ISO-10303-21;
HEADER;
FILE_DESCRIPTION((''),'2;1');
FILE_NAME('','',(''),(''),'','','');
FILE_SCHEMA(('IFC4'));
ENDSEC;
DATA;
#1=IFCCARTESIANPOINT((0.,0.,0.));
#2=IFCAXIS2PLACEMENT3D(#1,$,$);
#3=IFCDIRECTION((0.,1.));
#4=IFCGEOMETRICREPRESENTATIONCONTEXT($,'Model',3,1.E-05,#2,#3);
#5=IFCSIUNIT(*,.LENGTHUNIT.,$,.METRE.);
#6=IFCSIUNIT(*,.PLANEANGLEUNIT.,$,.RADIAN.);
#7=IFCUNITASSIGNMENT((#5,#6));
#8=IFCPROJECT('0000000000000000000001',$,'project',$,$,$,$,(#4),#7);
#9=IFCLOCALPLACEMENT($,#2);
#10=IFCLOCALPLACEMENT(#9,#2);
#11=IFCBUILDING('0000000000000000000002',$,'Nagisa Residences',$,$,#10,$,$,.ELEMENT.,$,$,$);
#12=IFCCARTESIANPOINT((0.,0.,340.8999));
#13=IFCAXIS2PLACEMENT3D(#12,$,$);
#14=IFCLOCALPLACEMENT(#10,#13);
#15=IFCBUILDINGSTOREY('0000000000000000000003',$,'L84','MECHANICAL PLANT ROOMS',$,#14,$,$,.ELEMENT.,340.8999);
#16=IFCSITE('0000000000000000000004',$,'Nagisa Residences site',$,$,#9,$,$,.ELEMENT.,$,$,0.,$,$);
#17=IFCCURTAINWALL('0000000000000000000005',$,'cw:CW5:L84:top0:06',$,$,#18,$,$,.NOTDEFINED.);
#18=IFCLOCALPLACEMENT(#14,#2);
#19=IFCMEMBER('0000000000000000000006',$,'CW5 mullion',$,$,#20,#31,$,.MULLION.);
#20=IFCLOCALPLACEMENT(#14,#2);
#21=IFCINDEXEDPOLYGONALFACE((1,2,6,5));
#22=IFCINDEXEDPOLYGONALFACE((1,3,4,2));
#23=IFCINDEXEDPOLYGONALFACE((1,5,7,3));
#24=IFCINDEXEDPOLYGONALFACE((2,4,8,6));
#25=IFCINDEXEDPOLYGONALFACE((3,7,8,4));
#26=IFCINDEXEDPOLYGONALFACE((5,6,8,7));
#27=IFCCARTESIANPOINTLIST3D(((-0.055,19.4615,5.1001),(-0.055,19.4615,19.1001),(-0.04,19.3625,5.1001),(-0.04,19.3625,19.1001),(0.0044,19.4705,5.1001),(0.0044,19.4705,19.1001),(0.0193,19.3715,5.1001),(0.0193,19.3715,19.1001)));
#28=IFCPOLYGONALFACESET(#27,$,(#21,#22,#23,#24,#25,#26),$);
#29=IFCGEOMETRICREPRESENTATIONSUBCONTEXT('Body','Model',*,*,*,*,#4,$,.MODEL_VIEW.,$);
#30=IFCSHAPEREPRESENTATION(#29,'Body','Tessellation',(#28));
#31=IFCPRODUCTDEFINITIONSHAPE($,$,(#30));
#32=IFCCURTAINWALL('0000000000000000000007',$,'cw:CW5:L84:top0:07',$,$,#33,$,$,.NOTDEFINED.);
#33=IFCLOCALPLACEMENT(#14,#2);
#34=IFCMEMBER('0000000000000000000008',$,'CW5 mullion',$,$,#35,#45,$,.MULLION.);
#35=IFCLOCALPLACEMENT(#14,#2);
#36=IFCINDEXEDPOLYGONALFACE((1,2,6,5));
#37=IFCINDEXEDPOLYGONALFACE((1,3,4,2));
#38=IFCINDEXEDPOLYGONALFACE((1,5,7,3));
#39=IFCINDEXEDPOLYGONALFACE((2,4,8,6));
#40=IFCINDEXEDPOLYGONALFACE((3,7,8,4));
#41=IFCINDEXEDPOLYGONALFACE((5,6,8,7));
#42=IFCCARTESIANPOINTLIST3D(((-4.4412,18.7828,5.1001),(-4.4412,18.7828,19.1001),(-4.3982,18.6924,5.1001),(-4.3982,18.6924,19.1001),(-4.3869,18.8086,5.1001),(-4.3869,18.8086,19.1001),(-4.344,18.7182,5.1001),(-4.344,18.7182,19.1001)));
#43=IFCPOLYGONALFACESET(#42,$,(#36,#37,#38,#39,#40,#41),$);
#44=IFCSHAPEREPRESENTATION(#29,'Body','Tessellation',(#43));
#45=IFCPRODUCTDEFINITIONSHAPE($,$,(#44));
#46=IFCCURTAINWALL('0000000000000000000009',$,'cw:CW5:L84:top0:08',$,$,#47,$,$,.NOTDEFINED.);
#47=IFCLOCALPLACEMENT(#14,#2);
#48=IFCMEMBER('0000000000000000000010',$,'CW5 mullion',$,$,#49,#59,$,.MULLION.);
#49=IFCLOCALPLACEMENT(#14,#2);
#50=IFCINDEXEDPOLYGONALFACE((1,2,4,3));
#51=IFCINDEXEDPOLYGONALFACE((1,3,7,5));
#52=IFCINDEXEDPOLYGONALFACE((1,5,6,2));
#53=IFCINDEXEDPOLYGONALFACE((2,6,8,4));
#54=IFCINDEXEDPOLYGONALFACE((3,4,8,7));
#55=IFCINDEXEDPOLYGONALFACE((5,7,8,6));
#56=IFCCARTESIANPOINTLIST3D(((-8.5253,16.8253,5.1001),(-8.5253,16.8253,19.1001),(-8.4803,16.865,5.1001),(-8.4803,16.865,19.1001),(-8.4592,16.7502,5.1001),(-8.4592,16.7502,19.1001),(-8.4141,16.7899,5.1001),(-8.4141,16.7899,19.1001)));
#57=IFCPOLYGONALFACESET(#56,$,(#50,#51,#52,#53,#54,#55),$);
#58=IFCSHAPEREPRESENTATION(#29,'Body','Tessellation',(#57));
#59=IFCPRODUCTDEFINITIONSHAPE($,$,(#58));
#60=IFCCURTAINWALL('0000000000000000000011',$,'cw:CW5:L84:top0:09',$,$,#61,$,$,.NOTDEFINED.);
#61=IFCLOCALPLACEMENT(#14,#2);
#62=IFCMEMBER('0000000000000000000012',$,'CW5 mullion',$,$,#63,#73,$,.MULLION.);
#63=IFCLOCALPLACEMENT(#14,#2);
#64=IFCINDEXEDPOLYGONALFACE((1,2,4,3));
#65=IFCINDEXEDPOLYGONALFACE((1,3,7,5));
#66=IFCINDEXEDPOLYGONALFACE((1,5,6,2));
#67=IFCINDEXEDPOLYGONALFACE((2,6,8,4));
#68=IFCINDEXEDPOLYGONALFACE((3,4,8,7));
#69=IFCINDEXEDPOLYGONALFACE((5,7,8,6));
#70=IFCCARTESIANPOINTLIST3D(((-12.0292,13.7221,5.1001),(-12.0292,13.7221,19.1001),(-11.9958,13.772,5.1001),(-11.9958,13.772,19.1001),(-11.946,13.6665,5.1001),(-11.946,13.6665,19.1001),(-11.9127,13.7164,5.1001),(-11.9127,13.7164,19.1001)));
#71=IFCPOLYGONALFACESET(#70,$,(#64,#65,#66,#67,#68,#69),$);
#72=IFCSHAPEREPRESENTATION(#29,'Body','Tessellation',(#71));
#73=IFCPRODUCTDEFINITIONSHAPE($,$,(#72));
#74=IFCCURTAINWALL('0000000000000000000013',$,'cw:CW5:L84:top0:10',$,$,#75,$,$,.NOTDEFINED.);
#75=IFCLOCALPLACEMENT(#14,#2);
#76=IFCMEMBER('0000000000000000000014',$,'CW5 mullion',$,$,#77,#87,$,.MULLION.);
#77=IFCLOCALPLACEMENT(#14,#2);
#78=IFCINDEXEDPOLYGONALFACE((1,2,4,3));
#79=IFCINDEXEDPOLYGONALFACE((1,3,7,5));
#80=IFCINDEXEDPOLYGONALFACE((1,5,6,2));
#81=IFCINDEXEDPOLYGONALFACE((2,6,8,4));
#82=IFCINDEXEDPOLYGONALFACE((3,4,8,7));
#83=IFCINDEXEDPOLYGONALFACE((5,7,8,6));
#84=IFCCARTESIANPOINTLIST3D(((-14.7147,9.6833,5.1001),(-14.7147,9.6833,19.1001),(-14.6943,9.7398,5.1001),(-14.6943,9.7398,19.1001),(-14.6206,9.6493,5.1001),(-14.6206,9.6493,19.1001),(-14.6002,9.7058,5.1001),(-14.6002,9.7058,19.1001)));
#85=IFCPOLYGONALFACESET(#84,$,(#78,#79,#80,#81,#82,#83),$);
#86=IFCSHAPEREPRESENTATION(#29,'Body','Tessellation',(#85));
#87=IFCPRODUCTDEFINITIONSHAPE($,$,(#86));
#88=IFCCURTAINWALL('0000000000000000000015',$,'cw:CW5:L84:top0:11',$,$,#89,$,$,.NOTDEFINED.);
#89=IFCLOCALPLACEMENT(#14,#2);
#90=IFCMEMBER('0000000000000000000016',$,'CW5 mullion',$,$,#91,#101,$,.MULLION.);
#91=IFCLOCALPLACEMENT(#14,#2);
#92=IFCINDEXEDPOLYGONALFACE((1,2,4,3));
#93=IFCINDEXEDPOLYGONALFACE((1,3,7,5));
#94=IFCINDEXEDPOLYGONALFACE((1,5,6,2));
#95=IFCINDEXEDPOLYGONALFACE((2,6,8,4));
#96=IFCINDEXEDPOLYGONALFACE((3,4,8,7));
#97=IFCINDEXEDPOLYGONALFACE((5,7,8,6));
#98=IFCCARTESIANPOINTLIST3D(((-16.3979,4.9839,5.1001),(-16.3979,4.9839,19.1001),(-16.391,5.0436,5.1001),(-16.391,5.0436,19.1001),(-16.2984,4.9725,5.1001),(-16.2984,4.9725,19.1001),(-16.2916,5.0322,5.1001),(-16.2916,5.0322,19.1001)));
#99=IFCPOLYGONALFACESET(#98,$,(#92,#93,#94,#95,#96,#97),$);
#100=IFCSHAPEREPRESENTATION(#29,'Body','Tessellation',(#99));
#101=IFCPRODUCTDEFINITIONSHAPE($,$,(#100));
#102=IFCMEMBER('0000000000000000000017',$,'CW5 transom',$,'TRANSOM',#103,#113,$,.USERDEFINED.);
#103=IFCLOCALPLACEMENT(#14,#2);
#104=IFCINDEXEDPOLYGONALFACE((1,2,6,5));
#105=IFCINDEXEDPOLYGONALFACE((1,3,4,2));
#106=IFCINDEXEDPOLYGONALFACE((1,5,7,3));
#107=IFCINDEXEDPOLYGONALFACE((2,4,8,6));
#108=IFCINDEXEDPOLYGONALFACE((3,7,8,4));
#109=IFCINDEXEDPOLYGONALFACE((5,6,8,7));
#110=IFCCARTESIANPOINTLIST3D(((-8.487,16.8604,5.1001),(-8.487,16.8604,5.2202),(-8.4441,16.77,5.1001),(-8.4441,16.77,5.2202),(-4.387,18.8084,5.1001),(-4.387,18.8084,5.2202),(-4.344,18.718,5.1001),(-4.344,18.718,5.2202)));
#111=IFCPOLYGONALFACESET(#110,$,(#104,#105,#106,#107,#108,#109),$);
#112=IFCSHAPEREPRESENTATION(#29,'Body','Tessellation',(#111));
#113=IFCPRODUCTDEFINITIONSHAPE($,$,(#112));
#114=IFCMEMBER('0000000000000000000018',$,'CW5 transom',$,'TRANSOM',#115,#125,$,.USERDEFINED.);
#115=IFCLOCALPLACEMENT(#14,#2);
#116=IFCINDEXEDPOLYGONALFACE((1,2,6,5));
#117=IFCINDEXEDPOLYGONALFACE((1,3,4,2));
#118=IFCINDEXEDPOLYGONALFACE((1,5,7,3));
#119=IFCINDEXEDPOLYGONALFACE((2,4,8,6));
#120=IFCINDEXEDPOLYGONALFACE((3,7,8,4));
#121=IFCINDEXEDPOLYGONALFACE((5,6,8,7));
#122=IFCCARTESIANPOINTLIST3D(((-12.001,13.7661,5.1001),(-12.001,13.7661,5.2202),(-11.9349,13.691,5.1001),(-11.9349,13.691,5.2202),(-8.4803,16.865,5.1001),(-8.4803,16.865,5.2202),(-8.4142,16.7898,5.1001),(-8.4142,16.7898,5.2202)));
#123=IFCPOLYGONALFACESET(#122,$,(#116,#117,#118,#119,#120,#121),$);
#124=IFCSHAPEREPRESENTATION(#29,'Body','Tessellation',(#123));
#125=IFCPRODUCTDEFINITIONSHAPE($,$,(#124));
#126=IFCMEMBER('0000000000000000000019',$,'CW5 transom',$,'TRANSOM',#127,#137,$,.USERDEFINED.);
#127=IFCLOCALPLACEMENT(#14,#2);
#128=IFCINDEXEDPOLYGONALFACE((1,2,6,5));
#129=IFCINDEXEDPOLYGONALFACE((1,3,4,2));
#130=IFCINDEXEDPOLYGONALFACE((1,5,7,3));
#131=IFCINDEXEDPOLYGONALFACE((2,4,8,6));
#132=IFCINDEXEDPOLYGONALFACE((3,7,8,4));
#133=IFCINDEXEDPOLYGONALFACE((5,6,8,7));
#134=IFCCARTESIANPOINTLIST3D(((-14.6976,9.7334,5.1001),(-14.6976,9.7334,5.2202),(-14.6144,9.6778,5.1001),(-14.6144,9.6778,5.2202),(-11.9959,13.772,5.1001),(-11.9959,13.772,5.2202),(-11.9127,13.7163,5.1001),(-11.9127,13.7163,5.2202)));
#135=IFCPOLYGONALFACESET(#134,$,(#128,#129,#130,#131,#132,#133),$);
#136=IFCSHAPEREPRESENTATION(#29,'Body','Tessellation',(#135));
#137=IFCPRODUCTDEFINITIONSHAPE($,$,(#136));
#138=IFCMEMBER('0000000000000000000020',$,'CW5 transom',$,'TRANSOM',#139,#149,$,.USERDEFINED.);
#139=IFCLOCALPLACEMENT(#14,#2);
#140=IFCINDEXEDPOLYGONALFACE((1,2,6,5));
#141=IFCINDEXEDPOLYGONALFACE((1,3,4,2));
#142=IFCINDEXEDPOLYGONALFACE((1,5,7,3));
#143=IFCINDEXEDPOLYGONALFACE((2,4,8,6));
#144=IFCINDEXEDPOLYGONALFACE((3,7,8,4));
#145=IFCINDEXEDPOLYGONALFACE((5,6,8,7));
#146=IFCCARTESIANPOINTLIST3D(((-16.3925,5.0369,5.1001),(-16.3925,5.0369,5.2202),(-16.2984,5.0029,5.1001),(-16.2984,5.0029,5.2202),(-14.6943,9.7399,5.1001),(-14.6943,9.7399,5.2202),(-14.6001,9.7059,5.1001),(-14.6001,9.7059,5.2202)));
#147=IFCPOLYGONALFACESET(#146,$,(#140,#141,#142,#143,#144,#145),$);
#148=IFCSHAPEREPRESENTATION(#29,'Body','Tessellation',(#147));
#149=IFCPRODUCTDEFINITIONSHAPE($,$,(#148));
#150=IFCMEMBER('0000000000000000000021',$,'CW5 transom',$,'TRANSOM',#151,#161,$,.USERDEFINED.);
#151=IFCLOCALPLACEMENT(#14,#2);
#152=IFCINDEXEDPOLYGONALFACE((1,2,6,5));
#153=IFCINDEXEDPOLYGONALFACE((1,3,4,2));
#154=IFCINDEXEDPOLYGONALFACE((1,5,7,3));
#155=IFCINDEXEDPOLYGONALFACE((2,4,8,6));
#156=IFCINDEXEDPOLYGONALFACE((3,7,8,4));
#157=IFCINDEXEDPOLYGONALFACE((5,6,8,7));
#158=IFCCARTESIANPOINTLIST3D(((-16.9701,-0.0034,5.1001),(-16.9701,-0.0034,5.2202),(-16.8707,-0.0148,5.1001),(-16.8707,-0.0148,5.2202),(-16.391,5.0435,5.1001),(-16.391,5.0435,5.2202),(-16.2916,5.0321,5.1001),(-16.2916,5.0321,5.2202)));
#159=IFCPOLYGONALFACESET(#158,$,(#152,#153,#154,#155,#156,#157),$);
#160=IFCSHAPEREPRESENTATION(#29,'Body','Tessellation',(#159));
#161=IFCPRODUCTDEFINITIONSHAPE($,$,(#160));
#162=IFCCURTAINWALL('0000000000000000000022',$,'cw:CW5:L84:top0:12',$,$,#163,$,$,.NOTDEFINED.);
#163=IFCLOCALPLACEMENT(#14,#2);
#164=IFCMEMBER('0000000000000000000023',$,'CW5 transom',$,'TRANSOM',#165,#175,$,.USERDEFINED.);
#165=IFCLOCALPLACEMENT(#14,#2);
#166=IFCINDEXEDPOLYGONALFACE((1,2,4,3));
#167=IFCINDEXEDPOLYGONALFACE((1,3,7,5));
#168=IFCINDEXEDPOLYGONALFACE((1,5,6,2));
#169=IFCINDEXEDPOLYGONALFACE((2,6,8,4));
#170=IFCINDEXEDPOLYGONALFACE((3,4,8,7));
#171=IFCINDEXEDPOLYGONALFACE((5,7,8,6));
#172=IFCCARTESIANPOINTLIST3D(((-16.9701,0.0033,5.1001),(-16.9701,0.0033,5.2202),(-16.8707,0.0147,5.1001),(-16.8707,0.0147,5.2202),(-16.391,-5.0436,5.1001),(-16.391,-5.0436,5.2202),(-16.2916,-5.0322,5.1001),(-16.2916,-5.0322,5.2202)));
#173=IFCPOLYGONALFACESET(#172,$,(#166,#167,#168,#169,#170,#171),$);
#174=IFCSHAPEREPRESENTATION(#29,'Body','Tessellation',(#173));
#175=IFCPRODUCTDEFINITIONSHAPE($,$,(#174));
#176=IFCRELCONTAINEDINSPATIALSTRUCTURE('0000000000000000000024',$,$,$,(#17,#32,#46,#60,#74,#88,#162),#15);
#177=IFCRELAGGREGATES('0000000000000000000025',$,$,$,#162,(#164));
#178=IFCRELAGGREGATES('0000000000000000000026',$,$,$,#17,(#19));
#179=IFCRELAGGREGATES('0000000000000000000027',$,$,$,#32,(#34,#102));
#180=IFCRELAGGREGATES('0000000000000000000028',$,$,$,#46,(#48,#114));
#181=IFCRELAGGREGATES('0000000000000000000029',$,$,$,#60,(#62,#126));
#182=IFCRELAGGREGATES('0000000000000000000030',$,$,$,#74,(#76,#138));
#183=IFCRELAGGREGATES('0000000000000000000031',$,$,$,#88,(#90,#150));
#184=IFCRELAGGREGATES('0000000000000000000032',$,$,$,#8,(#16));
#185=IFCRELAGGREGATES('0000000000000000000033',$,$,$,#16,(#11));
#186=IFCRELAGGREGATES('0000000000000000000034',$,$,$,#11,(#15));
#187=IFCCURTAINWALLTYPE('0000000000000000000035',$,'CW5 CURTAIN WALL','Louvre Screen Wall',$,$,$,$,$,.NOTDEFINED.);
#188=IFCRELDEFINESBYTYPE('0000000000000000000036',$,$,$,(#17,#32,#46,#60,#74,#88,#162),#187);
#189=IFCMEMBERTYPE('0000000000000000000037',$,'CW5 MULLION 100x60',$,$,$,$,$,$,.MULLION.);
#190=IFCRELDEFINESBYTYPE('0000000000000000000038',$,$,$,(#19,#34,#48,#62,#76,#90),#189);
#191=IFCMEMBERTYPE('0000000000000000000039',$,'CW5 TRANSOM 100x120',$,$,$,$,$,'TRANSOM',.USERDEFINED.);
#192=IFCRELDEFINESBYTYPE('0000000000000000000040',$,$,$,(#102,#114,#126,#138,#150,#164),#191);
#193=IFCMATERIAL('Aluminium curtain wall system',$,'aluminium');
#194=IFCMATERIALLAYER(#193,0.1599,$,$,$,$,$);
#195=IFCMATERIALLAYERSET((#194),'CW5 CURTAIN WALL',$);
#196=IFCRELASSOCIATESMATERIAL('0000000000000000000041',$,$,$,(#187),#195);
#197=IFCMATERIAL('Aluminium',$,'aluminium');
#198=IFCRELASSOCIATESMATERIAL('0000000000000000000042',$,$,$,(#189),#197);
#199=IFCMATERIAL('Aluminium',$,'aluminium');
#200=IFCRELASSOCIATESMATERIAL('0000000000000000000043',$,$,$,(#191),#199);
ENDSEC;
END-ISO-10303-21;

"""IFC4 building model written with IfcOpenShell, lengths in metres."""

from ifc_helpers import new_model, si_unit, direction, frame, origin, origin_2d, place, context, subcontext, project, spatial, rectangle, extrude, material, layer, layer_set, material_profile, profile_set, type_object, element, aggregate, save


model = new_model("IFC4")

# Units and contexts
model_context = context("Model", 3, precision=1e-05, world=origin(), true_north=direction((0.0, 1.0)))
body_context = subcontext(model_context, "Body", "Model", "MODEL_VIEW")
ifc_project = project(units=[si_unit("LENGTHUNIT", "METRE"), si_unit("PLANEANGLEUNIT", "RADIAN")], contexts=[model_context])

# Site, building, storey
site_placement = place(None, origin())
site = spatial("IfcSite", under=ifc_project, at=site_placement, Name="Nagisa Residences site", CompositionType="ELEMENT", RefElevation=0.0)
building_placement = place(site_placement, origin())
building = spatial("IfcBuilding", under=site, at=building_placement, Name="Nagisa Residences", CompositionType="ELEMENT")
storey_placement = place(building_placement, frame((0.0, 0.0, 340.8999)))
storey = spatial("IfcBuildingStorey", under=building, at=storey_placement, Name="L84", Description="MECHANICAL PLANT ROOMS", CompositionType="ELEMENT", Elevation=340.8999)

# Curtain walls, members
ifc_material_1 = material(Name="Aluminium curtain wall system", Category="aluminium")
ifc_layer_1 = layer(ifc_material_1, 0.1599)
ifc_layer_set_1 = layer_set([ifc_layer_1], Name="CW5 CURTAIN WALL")
curtain_wall_type = type_object("IfcCurtainWallType", Name="CW5 CURTAIN WALL", Description="Louvre Screen Wall", PredefinedType="NOTDEFINED", material=ifc_layer_set_1)
curtain_wall_1_placement = place(storey_placement, origin())
curtain_wall_1 = element("IfcCurtainWall", 1, at=curtain_wall_1_placement, inside=storey, type_object=curtain_wall_type, Name="cw:CW5:L84:top0:06", PredefinedType="NOTDEFINED")
ifc_material_2 = material(Name="Aluminium", Category="aluminium")
ifc_material_profile_1 = material_profile(ifc_material_2, rectangle(XDim=0.1001, YDim=0.0601, at=origin_2d()), Name="CW5 MULLION 100x60")
ifc_profile_set_1 = profile_set([ifc_material_profile_1], Name="Aluminium")
member_type_1 = type_object("IfcMemberType", Name="CW5 MULLION 100x60", PredefinedType="MULLION", material=ifc_profile_set_1)
member_1_placement = place(storey_placement, frame((-0.0178, 19.4165, 5.1001), z_axis=(0.0, 0.0, 1.0), x_axis=(0.14932, -0.988789, 0.0)))
member_1 = element("IfcMember", 2, at=member_1_placement, type_object=member_type_1, Name="CW5 mullion", PredefinedType="MULLION", context=body_context, shape_type="SweptSolid", body=[
    extrude(rectangle(XDim=0.1001, YDim=0.0601, at=origin_2d()), origin(), (0.0, 0.0, 1.0), 14.0),
])
curtain_wall_2_placement = place(storey_placement, origin())
curtain_wall_2 = element("IfcCurtainWall", 3, at=curtain_wall_2_placement, inside=storey, type_object=curtain_wall_type, Name="cw:CW5:L84:top0:07", PredefinedType="NOTDEFINED")
member_2_placement = place(storey_placement, frame((-4.3926, 18.7505, 5.1001), z_axis=(0.0, 0.0, 1.0), x_axis=(0.429151, -0.903233, 0.0)))
member_2 = element("IfcMember", 4, at=member_2_placement, type_object=member_type_1, Name="CW5 mullion", PredefinedType="MULLION", context=body_context, shape_type="SweptSolid", body=[
    extrude(rectangle(XDim=0.1001, YDim=0.0601, at=origin_2d()), origin(), (0.0, 0.0, 1.0), 14.0),
])
curtain_wall_3_placement = place(storey_placement, origin())
curtain_wall_3 = element("IfcCurtainWall", 5, at=curtain_wall_3_placement, inside=storey, type_object=curtain_wall_type, Name="cw:CW5:L84:top0:08", PredefinedType="NOTDEFINED")
member_3_placement = place(storey_placement, frame((-8.4697, 16.8076, 5.1001), z_axis=(0.0, 0.0, 1.0), x_axis=(0.660699, -0.750651, 0.0)))
member_3 = element("IfcMember", 6, at=member_3_placement, type_object=member_type_1, Name="CW5 mullion", PredefinedType="MULLION", context=body_context, shape_type="SweptSolid", body=[
    extrude(rectangle(XDim=0.1001, YDim=0.0601, at=origin_2d()), origin(), (0.0, 0.0, 1.0), 14.0),
])
curtain_wall_4_placement = place(storey_placement, origin())
curtain_wall_4 = element("IfcCurtainWall", 7, at=curtain_wall_4_placement, inside=storey, type_object=curtain_wall_type, Name="cw:CW5:L84:top0:09", PredefinedType="NOTDEFINED")
member_4_placement = place(storey_placement, frame((-11.9709, 13.7192, 5.1001), z_axis=(0.0, 0.0, 1.0), x_axis=(0.831173, -0.556014, 0.0)))
member_4 = element("IfcMember", 8, at=member_4_placement, type_object=member_type_1, Name="CW5 mullion", PredefinedType="MULLION", context=body_context, shape_type="SweptSolid", body=[
    extrude(rectangle(XDim=0.1001, YDim=0.0601, at=origin_2d()), origin(), (0.0, 0.0, 1.0), 14.0),
])
curtain_wall_5_placement = place(storey_placement, origin())
curtain_wall_5 = element("IfcCurtainWall", 9, at=curtain_wall_5_placement, inside=storey, type_object=curtain_wall_type, Name="cw:CW5:L84:top0:10", PredefinedType="NOTDEFINED")
member_5_placement = place(storey_placement, frame((-14.6575, 9.6946, 5.1001), z_axis=(0.0, 0.0, 1.0), x_axis=(0.940554, -0.339643, 0.0)))
member_5 = element("IfcMember", 10, at=member_5_placement, type_object=member_type_1, Name="CW5 mullion", PredefinedType="MULLION", context=body_context, shape_type="SweptSolid", body=[
    extrude(rectangle(XDim=0.1001, YDim=0.0601, at=origin_2d()), origin(), (0.0, 0.0, 1.0), 14.0),
])
curtain_wall_6_placement = place(storey_placement, origin())
curtain_wall_6 = element("IfcCurtainWall", 11, at=curtain_wall_6_placement, inside=storey, type_object=curtain_wall_type, Name="cw:CW5:L84:top0:11", PredefinedType="NOTDEFINED")
member_6_placement = place(storey_placement, frame((-16.3447, 5.0081, 5.1001), z_axis=(0.0, 0.0, 1.0), x_axis=(0.993478, -0.114025, 0.0)))
member_6 = element("IfcMember", 12, at=member_6_placement, type_object=member_type_1, Name="CW5 mullion", PredefinedType="MULLION", context=body_context, shape_type="SweptSolid", body=[
    extrude(rectangle(XDim=0.1001, YDim=0.0601, at=origin_2d()), origin(), (0.0, 0.0, 1.0), 14.0),
])

# Members
ifc_material_3 = material(Name="Aluminium", Category="aluminium")
ifc_material_profile_2 = material_profile(ifc_material_3, rectangle(XDim=0.1001, YDim=0.1201, at=origin_2d()), Name="CW5 TRANSOM 100x120")
ifc_profile_set_2 = profile_set([ifc_material_profile_2], Name="Aluminium")
member_type_2 = type_object("IfcMemberType", Name="CW5 TRANSOM 100x120", ElementType="TRANSOM", PredefinedType="USERDEFINED", material=ifc_profile_set_2)
member_7_placement = place(storey_placement, frame((-4.3655, 18.7632, 5.1602), z_axis=(-0.903239, -0.429138, 0.0), x_axis=(0.429138, -0.903239, 0.0)))
member_7 = element("IfcMember", 13, at=member_7_placement, type_object=member_type_2, Name="CW5 transom", ObjectType="TRANSOM", PredefinedType="USERDEFINED", context=body_context, shape_type="SweptSolid", body=[
    extrude(rectangle(XDim=0.1001, YDim=0.1201, at=origin_2d()), origin(), (0.0, 0.0, 1.0), 4.5393),
])
member_8_placement = place(storey_placement, frame((-8.4473, 16.8274, 5.1602), z_axis=(-0.750648, -0.660702, 0.0), x_axis=(0.660702, -0.750648, 0.0)))
member_8 = element("IfcMember", 14, at=member_8_placement, type_object=member_type_2, Name="CW5 transom", ObjectType="TRANSOM", PredefinedType="USERDEFINED", context=body_context, shape_type="SweptSolid", body=[
    extrude(rectangle(XDim=0.1001, YDim=0.1201, at=origin_2d()), origin(), (0.0, 0.0, 1.0), 4.6902),
])
member_9_placement = place(storey_placement, frame((-11.9543, 13.7441, 5.1602), z_axis=(-0.556021, -0.831168, 0.0), x_axis=(0.831168, -0.556021, 0.0)))
member_9 = element("IfcMember", 15, at=member_9_placement, type_object=member_type_2, Name="CW5 transom", ObjectType="TRANSOM", PredefinedType="USERDEFINED", context=body_context, shape_type="SweptSolid", body=[
    extrude(rectangle(XDim=0.1001, YDim=0.1201, at=origin_2d()), origin(), (0.0, 0.0, 1.0), 4.8589),
])
member_10_placement = place(storey_placement, frame((-14.6472, 9.7229, 5.1602), z_axis=(-0.339625, -0.940561, 0.0), x_axis=(0.940561, -0.339625, 0.0)))
member_10 = element("IfcMember", 16, at=member_10_placement, type_object=member_type_2, Name="CW5 transom", ObjectType="TRANSOM", PredefinedType="USERDEFINED", context=body_context, shape_type="SweptSolid", body=[
    extrude(rectangle(XDim=0.1001, YDim=0.1201, at=origin_2d()), origin(), (0.0, 0.0, 1.0), 5.0002),
])
member_11_placement = place(storey_placement, frame((-16.3413, 5.0378, 5.1602), z_axis=(-0.113997, -0.993481, 0.0), x_axis=(0.993481, -0.113997, 0.0)))
member_11 = element("IfcMember", 17, at=member_11_placement, type_object=member_type_2, Name="CW5 transom", ObjectType="TRANSOM", PredefinedType="USERDEFINED", context=body_context, shape_type="SweptSolid", body=[
    extrude(rectangle(XDim=0.1001, YDim=0.1201, at=origin_2d()), origin(), (0.0, 0.0, 1.0), 5.0801),
])

# Curtain wall, member
curtain_wall_7_placement = place(storey_placement, origin())
curtain_wall_7 = element("IfcCurtainWall", 18, at=curtain_wall_7_placement, inside=storey, type_object=curtain_wall_type, Name="cw:CW5:L84:top0:12", PredefinedType="NOTDEFINED")
member_12_placement = place(storey_placement, frame((-16.9204, 0.009, 5.1602), z_axis=(0.113997, -0.993481, 0.0), x_axis=(0.993481, 0.113997, 0.0)))
member_12 = element("IfcMember", 19, at=member_12_placement, type_object=member_type_2, Name="CW5 transom", ObjectType="TRANSOM", PredefinedType="USERDEFINED", context=body_context, shape_type="SweptSolid", body=[
    extrude(rectangle(XDim=0.1001, YDim=0.1201, at=origin_2d()), origin(), (0.0, 0.0, 1.0), 5.0801),
])
aggregate(curtain_wall_7, [member_12])

aggregate(curtain_wall_1, [member_1])
aggregate(curtain_wall_2, [member_2, member_7])
aggregate(curtain_wall_3, [member_3, member_8])
aggregate(curtain_wall_4, [member_4, member_9])
aggregate(curtain_wall_5, [member_5, member_10])
aggregate(curtain_wall_6, [member_6, member_11])

save(model, "model.ifc")
